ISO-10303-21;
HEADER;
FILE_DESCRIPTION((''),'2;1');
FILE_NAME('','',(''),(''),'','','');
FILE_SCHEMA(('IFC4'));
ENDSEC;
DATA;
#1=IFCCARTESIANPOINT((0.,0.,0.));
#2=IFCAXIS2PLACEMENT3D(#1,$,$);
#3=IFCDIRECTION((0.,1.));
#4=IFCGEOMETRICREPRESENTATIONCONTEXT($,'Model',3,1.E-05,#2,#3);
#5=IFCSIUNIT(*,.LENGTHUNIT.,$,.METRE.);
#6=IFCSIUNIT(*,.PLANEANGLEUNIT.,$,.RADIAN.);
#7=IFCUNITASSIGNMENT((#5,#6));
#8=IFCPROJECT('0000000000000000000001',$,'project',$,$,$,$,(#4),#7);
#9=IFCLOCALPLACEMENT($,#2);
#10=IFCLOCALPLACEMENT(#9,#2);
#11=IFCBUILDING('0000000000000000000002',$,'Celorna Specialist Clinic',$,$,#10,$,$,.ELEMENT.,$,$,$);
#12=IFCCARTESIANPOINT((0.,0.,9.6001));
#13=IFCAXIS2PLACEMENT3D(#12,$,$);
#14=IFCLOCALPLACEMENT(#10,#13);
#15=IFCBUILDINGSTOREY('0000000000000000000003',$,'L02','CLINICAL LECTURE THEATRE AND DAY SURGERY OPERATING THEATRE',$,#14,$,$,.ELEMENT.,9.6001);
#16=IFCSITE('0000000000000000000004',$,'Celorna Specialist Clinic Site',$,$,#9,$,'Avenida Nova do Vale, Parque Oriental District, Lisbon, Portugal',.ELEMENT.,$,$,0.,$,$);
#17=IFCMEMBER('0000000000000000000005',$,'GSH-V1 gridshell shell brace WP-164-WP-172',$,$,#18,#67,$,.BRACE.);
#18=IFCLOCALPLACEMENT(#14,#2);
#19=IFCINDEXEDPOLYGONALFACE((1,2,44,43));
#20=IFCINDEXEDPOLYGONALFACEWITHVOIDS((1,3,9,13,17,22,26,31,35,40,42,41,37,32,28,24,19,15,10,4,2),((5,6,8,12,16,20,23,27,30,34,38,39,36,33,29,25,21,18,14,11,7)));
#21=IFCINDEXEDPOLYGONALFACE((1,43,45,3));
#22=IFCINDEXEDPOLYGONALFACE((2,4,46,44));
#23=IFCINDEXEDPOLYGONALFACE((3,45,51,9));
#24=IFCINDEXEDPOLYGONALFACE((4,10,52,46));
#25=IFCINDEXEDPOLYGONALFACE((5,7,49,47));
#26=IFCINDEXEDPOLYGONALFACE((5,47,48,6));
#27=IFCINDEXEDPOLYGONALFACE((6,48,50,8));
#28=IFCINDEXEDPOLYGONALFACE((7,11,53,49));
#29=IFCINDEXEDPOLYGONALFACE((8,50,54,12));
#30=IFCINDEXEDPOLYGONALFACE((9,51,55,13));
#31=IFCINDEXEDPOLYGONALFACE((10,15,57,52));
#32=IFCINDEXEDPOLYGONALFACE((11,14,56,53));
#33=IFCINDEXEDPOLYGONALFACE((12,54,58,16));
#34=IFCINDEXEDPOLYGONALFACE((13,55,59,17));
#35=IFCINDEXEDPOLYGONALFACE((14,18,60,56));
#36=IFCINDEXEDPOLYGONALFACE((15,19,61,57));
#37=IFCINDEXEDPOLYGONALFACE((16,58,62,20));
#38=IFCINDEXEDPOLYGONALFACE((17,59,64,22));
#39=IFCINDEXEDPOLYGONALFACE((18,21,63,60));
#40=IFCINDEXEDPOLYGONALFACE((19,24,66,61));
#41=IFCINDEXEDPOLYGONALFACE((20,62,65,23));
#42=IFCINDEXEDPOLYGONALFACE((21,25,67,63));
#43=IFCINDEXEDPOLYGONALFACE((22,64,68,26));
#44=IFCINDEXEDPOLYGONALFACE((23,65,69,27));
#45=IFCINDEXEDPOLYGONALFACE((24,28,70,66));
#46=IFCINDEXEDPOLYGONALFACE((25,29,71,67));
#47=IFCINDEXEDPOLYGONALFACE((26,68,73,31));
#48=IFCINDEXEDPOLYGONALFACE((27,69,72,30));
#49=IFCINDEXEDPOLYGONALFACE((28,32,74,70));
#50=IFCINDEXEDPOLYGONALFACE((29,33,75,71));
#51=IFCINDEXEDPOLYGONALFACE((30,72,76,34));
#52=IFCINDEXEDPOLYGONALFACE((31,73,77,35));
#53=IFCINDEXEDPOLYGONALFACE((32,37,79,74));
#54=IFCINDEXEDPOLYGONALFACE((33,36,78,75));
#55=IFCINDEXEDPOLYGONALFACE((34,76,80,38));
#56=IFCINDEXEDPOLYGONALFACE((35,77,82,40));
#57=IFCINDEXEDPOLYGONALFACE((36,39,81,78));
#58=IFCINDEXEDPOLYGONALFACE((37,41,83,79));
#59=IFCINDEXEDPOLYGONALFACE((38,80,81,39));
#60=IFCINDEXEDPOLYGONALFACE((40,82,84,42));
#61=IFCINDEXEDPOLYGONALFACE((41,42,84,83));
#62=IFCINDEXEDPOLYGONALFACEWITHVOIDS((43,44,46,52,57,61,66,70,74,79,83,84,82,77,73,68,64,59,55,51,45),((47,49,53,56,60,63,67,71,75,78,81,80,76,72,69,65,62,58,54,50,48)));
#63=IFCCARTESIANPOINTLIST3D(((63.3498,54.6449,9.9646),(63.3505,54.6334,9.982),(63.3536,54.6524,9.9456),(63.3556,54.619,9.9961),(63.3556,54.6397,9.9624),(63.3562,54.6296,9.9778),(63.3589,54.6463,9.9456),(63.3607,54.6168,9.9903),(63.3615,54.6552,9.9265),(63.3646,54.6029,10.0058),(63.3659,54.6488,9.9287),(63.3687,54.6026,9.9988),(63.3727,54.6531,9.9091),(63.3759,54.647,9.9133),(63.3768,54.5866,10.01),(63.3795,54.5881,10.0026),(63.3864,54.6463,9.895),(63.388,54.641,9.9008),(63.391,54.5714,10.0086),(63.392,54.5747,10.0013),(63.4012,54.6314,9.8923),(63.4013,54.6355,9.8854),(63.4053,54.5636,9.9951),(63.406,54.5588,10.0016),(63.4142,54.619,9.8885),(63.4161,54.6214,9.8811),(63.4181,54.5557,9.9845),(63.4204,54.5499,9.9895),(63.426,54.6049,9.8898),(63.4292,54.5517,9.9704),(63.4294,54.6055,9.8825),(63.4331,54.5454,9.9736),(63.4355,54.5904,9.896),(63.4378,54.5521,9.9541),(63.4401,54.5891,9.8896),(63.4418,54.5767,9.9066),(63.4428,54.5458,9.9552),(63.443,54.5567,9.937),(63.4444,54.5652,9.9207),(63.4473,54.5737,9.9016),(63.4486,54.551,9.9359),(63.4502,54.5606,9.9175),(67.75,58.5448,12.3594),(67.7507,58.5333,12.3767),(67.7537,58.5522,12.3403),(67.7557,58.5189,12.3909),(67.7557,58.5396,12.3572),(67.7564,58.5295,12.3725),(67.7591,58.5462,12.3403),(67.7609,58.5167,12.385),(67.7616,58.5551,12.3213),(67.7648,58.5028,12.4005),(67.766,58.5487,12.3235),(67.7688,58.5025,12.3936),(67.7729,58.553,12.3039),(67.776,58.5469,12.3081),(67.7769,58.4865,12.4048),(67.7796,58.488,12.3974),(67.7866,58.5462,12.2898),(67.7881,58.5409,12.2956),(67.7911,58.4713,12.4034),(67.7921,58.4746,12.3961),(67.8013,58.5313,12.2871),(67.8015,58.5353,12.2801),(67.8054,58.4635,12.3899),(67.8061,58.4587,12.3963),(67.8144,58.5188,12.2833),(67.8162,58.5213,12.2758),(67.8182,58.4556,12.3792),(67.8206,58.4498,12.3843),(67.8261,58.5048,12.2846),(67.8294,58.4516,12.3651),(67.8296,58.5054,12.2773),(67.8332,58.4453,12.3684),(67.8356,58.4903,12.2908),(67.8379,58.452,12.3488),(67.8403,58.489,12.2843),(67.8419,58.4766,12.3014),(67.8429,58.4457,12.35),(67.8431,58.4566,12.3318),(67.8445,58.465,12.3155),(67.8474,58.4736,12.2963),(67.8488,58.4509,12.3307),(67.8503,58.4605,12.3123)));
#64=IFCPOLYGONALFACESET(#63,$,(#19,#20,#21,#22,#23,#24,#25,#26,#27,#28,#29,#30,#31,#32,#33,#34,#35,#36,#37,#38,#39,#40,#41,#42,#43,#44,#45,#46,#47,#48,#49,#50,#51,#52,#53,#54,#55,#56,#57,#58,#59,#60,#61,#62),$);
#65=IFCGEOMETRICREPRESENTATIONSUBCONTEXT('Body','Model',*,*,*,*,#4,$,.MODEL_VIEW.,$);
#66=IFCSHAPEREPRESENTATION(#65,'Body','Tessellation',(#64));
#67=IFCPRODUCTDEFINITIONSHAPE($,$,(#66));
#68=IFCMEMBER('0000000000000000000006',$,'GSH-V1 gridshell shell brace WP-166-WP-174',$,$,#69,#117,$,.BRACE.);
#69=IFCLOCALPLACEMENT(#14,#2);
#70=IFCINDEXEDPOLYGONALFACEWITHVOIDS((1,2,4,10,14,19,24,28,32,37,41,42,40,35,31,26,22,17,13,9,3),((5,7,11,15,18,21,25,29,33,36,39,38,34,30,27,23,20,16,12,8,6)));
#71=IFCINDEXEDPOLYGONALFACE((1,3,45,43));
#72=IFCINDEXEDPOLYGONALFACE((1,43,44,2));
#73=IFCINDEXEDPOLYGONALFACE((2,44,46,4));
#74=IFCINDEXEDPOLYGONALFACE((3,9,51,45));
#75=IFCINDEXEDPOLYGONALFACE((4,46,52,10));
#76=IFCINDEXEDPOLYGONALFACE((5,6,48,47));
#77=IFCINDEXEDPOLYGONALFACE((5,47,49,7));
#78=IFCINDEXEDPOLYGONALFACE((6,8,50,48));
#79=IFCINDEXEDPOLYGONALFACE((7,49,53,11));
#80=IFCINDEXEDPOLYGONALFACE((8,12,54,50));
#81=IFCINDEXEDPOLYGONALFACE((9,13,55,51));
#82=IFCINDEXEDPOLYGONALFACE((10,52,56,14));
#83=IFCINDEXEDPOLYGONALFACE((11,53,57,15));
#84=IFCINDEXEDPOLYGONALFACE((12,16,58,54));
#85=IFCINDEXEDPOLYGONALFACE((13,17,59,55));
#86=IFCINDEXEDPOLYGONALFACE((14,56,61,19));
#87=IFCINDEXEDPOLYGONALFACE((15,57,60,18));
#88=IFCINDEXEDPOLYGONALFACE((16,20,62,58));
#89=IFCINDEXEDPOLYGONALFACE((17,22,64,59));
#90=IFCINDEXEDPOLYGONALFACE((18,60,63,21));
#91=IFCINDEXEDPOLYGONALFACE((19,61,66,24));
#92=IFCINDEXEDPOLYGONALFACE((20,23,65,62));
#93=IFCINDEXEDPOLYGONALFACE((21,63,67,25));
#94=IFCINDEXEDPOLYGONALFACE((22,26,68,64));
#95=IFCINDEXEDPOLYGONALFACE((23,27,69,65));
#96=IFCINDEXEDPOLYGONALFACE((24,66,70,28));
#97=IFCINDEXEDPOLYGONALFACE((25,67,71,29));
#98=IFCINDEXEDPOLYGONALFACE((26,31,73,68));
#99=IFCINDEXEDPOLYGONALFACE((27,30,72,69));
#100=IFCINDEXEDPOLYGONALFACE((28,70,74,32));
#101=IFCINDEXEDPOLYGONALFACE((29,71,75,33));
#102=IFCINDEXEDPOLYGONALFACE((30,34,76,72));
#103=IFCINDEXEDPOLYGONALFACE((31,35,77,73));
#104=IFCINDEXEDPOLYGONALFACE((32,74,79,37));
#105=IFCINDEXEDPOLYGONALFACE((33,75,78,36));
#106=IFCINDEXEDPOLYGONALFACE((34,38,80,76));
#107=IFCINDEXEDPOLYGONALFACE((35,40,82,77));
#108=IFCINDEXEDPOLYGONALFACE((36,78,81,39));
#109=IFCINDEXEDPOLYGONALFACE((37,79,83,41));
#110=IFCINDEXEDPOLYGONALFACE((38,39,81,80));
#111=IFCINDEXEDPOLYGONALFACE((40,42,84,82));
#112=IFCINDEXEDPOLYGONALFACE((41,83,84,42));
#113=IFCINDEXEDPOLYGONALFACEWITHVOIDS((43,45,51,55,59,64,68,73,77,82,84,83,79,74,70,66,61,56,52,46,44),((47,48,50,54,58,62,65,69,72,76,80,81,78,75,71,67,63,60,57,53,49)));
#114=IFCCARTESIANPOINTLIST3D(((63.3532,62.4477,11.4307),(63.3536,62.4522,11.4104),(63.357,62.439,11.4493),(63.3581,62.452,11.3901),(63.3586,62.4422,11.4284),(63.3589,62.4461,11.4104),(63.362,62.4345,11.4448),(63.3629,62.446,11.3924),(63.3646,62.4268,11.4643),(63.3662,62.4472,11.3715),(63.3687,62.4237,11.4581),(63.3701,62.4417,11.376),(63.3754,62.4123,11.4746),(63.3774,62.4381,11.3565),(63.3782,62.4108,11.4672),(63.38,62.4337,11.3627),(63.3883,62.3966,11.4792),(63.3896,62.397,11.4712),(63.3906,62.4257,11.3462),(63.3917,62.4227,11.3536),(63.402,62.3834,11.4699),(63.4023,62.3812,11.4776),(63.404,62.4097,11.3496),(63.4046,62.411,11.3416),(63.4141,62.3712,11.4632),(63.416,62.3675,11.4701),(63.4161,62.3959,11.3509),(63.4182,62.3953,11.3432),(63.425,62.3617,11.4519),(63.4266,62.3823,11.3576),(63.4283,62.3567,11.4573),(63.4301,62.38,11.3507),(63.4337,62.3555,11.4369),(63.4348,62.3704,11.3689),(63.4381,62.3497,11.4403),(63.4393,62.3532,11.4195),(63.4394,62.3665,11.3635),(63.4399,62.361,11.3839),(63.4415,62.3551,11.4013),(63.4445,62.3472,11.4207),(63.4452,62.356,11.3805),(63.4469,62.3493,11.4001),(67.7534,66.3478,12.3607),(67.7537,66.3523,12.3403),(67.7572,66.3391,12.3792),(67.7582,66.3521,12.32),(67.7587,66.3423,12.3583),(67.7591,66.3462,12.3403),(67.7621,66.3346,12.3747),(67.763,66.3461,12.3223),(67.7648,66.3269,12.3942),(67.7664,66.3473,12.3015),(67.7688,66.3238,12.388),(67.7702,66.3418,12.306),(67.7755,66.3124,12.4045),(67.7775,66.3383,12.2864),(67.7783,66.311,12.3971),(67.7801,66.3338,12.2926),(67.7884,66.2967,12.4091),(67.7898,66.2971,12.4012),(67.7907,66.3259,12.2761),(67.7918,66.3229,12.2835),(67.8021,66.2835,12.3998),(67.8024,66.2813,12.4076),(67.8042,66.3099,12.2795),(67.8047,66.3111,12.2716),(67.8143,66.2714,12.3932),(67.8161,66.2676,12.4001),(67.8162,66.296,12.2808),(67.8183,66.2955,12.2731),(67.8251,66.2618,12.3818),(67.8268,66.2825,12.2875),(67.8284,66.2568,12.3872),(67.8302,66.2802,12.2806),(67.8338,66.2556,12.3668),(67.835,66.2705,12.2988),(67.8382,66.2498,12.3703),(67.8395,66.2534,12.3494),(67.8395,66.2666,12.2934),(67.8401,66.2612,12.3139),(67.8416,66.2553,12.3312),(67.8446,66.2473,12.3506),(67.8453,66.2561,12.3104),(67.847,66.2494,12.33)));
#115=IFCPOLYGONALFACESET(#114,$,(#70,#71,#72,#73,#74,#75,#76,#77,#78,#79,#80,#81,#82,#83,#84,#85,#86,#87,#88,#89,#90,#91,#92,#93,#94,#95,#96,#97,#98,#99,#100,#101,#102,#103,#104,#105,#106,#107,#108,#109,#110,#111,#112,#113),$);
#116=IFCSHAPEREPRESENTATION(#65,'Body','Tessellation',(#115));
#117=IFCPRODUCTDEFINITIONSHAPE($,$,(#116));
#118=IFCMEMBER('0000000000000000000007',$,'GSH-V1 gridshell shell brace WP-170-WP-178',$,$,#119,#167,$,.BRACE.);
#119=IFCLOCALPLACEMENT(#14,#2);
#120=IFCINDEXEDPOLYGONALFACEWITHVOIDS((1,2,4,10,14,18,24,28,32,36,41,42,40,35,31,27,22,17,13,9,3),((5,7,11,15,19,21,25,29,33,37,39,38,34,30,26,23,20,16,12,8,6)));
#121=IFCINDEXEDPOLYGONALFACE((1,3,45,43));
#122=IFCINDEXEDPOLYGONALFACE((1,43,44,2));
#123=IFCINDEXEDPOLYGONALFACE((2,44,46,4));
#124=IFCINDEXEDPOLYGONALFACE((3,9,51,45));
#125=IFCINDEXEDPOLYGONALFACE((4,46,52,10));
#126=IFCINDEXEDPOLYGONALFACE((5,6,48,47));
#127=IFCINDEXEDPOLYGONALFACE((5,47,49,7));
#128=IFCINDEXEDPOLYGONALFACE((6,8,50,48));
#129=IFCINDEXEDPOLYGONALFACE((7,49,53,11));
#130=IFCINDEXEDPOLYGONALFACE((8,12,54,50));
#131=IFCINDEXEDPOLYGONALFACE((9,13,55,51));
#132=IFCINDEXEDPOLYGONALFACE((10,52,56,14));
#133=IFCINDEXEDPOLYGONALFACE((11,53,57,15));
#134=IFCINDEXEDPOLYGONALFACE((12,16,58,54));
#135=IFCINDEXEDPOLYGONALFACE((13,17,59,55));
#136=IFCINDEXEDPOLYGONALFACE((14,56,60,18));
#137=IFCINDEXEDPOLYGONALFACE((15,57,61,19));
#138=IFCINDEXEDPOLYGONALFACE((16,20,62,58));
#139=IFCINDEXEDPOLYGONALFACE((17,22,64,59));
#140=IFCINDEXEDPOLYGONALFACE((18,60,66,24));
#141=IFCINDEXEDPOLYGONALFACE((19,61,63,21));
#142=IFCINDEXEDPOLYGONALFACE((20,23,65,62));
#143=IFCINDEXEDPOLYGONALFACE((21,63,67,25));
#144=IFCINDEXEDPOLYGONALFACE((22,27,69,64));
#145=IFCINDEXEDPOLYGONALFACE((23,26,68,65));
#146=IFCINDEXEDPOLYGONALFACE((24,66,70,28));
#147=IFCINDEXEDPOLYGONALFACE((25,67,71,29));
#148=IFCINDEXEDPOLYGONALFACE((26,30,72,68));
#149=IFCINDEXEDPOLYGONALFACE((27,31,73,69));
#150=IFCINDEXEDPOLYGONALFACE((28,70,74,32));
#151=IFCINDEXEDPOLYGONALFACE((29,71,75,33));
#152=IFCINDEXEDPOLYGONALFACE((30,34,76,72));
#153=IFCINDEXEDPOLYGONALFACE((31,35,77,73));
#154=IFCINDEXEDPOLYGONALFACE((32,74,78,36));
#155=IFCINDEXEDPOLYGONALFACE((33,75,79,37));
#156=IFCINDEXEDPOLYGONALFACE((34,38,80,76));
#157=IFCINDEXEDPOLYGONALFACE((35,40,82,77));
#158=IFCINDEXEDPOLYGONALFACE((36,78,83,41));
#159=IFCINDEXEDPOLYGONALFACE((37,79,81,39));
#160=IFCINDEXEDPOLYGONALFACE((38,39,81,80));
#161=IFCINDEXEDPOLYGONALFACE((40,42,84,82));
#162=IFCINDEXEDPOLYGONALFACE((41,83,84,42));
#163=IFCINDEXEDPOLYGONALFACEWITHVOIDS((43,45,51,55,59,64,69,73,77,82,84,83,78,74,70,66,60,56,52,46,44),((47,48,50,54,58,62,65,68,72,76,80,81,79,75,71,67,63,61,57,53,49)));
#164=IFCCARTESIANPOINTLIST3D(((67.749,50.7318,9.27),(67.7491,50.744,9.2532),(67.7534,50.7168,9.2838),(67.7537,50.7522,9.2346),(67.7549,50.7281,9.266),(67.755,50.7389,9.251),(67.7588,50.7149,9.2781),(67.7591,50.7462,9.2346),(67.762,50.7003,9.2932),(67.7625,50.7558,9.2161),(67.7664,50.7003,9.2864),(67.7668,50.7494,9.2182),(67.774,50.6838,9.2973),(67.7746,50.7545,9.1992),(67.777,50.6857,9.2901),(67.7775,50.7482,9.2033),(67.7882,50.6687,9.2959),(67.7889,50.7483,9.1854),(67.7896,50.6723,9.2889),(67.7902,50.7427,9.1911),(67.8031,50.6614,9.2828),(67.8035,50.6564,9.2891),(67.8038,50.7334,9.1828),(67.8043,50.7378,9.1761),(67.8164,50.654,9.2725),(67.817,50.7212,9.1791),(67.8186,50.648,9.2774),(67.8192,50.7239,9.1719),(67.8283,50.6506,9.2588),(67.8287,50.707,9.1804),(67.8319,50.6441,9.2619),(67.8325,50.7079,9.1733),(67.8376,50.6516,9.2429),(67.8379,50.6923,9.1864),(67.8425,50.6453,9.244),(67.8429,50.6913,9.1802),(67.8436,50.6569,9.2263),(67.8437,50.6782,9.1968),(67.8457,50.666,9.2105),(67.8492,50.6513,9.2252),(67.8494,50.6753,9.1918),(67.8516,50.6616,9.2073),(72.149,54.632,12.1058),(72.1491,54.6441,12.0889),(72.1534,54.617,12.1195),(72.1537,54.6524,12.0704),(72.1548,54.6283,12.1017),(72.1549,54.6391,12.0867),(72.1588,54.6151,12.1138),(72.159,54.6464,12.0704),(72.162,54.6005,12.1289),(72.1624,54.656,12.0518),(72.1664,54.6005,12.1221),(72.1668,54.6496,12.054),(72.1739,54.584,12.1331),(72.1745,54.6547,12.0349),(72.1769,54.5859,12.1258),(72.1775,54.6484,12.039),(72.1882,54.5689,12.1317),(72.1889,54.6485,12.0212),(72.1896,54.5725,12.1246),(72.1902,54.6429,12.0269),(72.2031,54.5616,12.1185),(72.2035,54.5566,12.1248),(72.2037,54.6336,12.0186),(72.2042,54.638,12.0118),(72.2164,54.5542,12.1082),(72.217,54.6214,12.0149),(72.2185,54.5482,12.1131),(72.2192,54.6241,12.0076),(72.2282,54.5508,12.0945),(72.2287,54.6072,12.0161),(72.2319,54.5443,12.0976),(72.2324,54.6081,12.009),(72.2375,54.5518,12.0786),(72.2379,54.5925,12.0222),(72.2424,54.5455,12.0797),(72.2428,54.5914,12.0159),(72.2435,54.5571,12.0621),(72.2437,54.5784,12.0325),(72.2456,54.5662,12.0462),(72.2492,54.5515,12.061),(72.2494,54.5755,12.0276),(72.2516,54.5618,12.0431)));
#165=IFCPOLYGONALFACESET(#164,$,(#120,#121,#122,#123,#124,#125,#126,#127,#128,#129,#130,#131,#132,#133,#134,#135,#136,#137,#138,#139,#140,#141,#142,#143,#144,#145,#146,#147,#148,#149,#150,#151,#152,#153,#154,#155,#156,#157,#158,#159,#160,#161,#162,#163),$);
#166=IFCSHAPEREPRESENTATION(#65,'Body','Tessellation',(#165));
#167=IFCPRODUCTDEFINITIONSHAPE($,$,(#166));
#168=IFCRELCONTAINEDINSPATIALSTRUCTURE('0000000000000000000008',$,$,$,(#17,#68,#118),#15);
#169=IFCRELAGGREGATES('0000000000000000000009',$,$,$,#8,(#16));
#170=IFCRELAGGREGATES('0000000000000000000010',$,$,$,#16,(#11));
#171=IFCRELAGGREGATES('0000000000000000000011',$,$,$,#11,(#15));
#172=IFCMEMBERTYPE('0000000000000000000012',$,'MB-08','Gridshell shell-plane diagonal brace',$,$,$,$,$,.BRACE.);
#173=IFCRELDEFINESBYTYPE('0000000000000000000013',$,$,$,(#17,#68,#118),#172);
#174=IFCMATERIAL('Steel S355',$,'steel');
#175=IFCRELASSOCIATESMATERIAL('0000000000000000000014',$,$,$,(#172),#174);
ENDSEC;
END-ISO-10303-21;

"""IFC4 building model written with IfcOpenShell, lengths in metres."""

from ifc_helpers import new_model, si_unit, direction, frame, origin, origin_2d, place, context, subcontext, project, spatial, hollow_circle, extrude, material, material_profile, profile_set, type_object, element, save


model = new_model("IFC4")

# Units and contexts
model_context = context("Model", 3, precision=1e-05, world=origin(), true_north=direction((0.0, 1.0)))
body_context = subcontext(model_context, "Body", "Model", "MODEL_VIEW")
ifc_project = project(units=[si_unit("LENGTHUNIT", "METRE"), si_unit("PLANEANGLEUNIT", "RADIAN")], contexts=[model_context])

# Site, building, storey
site_placement = place(None, origin())
site = spatial("IfcSite", under=ifc_project, at=site_placement, Name="Celorna Specialist Clinic Site", LongName="Avenida Nova do Vale, Parque Oriental District, Lisbon, Portugal", CompositionType="ELEMENT", RefElevation=0.0)
building_placement = place(site_placement, origin())
building = spatial("IfcBuilding", under=site, at=building_placement, Name="Celorna Specialist Clinic", CompositionType="ELEMENT")
storey_placement = place(building_placement, frame((0.0, 0.0, 9.6001)))
storey = spatial("IfcBuildingStorey", under=building, at=storey_placement, Name="L02", Description="CLINICAL LECTURE THEATRE AND DAY SURGERY OPERATING THEATRE", CompositionType="ELEMENT", Elevation=9.6001)

# Shared definitions
ifc_material_1 = material(Name="Steel S355", Category="steel")

# Members
ifc_material_profile_1 = material_profile(ifc_material_1, hollow_circle(Radius=0.0698, WallThickness=0.0081, at=origin_2d()), Name="CHS 139.7x8")
ifc_profile_set_1 = profile_set([ifc_material_profile_1], Name="Steel S355")
member_type_1 = type_object("IfcMemberType", Name="MB-08", Description="Gridshell shell-plane diagonal brace", PredefinedType="BRACE", material=ifc_profile_set_1)
member_1_placement = place(storey_placement, frame((63.3999, 54.6001, 9.9456), z_axis=(0.693083, 0.614288, 0.37721), x_axis=(-0.663286, 0.748366, 0.0)))
element("IfcMember", 1, at=member_1_placement, inside=storey, type_object=member_type_1, Name="GSH-V1 gridshell shell brace WP-164-WP-172", PredefinedType="BRACE", context=body_context, shape_type="SweptSolid", body=[
    extrude(hollow_circle(Radius=0.0698, WallThickness=0.0081, at=origin_2d()), origin(), (0.0, 0.0, 1.0), 6.3486),
])
member_2_placement = place(storey_placement, frame((63.3999, 62.3999, 11.4104), z_axis=(0.739158, 0.655166, 0.156214), x_axis=(-0.663309, 0.748346, 0.0)))
element("IfcMember", 2, at=member_2_placement, inside=storey, type_object=member_type_1, Name="GSH-V1 gridshell shell brace WP-166-WP-174", PredefinedType="BRACE", context=body_context, shape_type="SweptSolid", body=[
    extrude(hollow_circle(Radius=0.0698, WallThickness=0.0081, at=origin_2d()), origin(), (0.0, 0.0, 1.0), 5.9529),
])
member_3_placement = place(storey_placement, frame((67.8, 50.7, 9.2346), z_axis=(0.674031, 0.597472, 0.434406), x_axis=(-0.66333, 0.748327, 0.0)))
element("IfcMember", 3, at=member_3_placement, inside=storey, type_object=member_type_1, Name="GSH-V1 gridshell shell brace WP-170-WP-178", PredefinedType="BRACE", context=body_context, shape_type="SweptSolid", body=[
    extrude(hollow_circle(Radius=0.0698, WallThickness=0.0081, at=origin_2d()), origin(), (0.0, 0.0, 1.0), 6.5278),
])

save(model, "model.ifc")
